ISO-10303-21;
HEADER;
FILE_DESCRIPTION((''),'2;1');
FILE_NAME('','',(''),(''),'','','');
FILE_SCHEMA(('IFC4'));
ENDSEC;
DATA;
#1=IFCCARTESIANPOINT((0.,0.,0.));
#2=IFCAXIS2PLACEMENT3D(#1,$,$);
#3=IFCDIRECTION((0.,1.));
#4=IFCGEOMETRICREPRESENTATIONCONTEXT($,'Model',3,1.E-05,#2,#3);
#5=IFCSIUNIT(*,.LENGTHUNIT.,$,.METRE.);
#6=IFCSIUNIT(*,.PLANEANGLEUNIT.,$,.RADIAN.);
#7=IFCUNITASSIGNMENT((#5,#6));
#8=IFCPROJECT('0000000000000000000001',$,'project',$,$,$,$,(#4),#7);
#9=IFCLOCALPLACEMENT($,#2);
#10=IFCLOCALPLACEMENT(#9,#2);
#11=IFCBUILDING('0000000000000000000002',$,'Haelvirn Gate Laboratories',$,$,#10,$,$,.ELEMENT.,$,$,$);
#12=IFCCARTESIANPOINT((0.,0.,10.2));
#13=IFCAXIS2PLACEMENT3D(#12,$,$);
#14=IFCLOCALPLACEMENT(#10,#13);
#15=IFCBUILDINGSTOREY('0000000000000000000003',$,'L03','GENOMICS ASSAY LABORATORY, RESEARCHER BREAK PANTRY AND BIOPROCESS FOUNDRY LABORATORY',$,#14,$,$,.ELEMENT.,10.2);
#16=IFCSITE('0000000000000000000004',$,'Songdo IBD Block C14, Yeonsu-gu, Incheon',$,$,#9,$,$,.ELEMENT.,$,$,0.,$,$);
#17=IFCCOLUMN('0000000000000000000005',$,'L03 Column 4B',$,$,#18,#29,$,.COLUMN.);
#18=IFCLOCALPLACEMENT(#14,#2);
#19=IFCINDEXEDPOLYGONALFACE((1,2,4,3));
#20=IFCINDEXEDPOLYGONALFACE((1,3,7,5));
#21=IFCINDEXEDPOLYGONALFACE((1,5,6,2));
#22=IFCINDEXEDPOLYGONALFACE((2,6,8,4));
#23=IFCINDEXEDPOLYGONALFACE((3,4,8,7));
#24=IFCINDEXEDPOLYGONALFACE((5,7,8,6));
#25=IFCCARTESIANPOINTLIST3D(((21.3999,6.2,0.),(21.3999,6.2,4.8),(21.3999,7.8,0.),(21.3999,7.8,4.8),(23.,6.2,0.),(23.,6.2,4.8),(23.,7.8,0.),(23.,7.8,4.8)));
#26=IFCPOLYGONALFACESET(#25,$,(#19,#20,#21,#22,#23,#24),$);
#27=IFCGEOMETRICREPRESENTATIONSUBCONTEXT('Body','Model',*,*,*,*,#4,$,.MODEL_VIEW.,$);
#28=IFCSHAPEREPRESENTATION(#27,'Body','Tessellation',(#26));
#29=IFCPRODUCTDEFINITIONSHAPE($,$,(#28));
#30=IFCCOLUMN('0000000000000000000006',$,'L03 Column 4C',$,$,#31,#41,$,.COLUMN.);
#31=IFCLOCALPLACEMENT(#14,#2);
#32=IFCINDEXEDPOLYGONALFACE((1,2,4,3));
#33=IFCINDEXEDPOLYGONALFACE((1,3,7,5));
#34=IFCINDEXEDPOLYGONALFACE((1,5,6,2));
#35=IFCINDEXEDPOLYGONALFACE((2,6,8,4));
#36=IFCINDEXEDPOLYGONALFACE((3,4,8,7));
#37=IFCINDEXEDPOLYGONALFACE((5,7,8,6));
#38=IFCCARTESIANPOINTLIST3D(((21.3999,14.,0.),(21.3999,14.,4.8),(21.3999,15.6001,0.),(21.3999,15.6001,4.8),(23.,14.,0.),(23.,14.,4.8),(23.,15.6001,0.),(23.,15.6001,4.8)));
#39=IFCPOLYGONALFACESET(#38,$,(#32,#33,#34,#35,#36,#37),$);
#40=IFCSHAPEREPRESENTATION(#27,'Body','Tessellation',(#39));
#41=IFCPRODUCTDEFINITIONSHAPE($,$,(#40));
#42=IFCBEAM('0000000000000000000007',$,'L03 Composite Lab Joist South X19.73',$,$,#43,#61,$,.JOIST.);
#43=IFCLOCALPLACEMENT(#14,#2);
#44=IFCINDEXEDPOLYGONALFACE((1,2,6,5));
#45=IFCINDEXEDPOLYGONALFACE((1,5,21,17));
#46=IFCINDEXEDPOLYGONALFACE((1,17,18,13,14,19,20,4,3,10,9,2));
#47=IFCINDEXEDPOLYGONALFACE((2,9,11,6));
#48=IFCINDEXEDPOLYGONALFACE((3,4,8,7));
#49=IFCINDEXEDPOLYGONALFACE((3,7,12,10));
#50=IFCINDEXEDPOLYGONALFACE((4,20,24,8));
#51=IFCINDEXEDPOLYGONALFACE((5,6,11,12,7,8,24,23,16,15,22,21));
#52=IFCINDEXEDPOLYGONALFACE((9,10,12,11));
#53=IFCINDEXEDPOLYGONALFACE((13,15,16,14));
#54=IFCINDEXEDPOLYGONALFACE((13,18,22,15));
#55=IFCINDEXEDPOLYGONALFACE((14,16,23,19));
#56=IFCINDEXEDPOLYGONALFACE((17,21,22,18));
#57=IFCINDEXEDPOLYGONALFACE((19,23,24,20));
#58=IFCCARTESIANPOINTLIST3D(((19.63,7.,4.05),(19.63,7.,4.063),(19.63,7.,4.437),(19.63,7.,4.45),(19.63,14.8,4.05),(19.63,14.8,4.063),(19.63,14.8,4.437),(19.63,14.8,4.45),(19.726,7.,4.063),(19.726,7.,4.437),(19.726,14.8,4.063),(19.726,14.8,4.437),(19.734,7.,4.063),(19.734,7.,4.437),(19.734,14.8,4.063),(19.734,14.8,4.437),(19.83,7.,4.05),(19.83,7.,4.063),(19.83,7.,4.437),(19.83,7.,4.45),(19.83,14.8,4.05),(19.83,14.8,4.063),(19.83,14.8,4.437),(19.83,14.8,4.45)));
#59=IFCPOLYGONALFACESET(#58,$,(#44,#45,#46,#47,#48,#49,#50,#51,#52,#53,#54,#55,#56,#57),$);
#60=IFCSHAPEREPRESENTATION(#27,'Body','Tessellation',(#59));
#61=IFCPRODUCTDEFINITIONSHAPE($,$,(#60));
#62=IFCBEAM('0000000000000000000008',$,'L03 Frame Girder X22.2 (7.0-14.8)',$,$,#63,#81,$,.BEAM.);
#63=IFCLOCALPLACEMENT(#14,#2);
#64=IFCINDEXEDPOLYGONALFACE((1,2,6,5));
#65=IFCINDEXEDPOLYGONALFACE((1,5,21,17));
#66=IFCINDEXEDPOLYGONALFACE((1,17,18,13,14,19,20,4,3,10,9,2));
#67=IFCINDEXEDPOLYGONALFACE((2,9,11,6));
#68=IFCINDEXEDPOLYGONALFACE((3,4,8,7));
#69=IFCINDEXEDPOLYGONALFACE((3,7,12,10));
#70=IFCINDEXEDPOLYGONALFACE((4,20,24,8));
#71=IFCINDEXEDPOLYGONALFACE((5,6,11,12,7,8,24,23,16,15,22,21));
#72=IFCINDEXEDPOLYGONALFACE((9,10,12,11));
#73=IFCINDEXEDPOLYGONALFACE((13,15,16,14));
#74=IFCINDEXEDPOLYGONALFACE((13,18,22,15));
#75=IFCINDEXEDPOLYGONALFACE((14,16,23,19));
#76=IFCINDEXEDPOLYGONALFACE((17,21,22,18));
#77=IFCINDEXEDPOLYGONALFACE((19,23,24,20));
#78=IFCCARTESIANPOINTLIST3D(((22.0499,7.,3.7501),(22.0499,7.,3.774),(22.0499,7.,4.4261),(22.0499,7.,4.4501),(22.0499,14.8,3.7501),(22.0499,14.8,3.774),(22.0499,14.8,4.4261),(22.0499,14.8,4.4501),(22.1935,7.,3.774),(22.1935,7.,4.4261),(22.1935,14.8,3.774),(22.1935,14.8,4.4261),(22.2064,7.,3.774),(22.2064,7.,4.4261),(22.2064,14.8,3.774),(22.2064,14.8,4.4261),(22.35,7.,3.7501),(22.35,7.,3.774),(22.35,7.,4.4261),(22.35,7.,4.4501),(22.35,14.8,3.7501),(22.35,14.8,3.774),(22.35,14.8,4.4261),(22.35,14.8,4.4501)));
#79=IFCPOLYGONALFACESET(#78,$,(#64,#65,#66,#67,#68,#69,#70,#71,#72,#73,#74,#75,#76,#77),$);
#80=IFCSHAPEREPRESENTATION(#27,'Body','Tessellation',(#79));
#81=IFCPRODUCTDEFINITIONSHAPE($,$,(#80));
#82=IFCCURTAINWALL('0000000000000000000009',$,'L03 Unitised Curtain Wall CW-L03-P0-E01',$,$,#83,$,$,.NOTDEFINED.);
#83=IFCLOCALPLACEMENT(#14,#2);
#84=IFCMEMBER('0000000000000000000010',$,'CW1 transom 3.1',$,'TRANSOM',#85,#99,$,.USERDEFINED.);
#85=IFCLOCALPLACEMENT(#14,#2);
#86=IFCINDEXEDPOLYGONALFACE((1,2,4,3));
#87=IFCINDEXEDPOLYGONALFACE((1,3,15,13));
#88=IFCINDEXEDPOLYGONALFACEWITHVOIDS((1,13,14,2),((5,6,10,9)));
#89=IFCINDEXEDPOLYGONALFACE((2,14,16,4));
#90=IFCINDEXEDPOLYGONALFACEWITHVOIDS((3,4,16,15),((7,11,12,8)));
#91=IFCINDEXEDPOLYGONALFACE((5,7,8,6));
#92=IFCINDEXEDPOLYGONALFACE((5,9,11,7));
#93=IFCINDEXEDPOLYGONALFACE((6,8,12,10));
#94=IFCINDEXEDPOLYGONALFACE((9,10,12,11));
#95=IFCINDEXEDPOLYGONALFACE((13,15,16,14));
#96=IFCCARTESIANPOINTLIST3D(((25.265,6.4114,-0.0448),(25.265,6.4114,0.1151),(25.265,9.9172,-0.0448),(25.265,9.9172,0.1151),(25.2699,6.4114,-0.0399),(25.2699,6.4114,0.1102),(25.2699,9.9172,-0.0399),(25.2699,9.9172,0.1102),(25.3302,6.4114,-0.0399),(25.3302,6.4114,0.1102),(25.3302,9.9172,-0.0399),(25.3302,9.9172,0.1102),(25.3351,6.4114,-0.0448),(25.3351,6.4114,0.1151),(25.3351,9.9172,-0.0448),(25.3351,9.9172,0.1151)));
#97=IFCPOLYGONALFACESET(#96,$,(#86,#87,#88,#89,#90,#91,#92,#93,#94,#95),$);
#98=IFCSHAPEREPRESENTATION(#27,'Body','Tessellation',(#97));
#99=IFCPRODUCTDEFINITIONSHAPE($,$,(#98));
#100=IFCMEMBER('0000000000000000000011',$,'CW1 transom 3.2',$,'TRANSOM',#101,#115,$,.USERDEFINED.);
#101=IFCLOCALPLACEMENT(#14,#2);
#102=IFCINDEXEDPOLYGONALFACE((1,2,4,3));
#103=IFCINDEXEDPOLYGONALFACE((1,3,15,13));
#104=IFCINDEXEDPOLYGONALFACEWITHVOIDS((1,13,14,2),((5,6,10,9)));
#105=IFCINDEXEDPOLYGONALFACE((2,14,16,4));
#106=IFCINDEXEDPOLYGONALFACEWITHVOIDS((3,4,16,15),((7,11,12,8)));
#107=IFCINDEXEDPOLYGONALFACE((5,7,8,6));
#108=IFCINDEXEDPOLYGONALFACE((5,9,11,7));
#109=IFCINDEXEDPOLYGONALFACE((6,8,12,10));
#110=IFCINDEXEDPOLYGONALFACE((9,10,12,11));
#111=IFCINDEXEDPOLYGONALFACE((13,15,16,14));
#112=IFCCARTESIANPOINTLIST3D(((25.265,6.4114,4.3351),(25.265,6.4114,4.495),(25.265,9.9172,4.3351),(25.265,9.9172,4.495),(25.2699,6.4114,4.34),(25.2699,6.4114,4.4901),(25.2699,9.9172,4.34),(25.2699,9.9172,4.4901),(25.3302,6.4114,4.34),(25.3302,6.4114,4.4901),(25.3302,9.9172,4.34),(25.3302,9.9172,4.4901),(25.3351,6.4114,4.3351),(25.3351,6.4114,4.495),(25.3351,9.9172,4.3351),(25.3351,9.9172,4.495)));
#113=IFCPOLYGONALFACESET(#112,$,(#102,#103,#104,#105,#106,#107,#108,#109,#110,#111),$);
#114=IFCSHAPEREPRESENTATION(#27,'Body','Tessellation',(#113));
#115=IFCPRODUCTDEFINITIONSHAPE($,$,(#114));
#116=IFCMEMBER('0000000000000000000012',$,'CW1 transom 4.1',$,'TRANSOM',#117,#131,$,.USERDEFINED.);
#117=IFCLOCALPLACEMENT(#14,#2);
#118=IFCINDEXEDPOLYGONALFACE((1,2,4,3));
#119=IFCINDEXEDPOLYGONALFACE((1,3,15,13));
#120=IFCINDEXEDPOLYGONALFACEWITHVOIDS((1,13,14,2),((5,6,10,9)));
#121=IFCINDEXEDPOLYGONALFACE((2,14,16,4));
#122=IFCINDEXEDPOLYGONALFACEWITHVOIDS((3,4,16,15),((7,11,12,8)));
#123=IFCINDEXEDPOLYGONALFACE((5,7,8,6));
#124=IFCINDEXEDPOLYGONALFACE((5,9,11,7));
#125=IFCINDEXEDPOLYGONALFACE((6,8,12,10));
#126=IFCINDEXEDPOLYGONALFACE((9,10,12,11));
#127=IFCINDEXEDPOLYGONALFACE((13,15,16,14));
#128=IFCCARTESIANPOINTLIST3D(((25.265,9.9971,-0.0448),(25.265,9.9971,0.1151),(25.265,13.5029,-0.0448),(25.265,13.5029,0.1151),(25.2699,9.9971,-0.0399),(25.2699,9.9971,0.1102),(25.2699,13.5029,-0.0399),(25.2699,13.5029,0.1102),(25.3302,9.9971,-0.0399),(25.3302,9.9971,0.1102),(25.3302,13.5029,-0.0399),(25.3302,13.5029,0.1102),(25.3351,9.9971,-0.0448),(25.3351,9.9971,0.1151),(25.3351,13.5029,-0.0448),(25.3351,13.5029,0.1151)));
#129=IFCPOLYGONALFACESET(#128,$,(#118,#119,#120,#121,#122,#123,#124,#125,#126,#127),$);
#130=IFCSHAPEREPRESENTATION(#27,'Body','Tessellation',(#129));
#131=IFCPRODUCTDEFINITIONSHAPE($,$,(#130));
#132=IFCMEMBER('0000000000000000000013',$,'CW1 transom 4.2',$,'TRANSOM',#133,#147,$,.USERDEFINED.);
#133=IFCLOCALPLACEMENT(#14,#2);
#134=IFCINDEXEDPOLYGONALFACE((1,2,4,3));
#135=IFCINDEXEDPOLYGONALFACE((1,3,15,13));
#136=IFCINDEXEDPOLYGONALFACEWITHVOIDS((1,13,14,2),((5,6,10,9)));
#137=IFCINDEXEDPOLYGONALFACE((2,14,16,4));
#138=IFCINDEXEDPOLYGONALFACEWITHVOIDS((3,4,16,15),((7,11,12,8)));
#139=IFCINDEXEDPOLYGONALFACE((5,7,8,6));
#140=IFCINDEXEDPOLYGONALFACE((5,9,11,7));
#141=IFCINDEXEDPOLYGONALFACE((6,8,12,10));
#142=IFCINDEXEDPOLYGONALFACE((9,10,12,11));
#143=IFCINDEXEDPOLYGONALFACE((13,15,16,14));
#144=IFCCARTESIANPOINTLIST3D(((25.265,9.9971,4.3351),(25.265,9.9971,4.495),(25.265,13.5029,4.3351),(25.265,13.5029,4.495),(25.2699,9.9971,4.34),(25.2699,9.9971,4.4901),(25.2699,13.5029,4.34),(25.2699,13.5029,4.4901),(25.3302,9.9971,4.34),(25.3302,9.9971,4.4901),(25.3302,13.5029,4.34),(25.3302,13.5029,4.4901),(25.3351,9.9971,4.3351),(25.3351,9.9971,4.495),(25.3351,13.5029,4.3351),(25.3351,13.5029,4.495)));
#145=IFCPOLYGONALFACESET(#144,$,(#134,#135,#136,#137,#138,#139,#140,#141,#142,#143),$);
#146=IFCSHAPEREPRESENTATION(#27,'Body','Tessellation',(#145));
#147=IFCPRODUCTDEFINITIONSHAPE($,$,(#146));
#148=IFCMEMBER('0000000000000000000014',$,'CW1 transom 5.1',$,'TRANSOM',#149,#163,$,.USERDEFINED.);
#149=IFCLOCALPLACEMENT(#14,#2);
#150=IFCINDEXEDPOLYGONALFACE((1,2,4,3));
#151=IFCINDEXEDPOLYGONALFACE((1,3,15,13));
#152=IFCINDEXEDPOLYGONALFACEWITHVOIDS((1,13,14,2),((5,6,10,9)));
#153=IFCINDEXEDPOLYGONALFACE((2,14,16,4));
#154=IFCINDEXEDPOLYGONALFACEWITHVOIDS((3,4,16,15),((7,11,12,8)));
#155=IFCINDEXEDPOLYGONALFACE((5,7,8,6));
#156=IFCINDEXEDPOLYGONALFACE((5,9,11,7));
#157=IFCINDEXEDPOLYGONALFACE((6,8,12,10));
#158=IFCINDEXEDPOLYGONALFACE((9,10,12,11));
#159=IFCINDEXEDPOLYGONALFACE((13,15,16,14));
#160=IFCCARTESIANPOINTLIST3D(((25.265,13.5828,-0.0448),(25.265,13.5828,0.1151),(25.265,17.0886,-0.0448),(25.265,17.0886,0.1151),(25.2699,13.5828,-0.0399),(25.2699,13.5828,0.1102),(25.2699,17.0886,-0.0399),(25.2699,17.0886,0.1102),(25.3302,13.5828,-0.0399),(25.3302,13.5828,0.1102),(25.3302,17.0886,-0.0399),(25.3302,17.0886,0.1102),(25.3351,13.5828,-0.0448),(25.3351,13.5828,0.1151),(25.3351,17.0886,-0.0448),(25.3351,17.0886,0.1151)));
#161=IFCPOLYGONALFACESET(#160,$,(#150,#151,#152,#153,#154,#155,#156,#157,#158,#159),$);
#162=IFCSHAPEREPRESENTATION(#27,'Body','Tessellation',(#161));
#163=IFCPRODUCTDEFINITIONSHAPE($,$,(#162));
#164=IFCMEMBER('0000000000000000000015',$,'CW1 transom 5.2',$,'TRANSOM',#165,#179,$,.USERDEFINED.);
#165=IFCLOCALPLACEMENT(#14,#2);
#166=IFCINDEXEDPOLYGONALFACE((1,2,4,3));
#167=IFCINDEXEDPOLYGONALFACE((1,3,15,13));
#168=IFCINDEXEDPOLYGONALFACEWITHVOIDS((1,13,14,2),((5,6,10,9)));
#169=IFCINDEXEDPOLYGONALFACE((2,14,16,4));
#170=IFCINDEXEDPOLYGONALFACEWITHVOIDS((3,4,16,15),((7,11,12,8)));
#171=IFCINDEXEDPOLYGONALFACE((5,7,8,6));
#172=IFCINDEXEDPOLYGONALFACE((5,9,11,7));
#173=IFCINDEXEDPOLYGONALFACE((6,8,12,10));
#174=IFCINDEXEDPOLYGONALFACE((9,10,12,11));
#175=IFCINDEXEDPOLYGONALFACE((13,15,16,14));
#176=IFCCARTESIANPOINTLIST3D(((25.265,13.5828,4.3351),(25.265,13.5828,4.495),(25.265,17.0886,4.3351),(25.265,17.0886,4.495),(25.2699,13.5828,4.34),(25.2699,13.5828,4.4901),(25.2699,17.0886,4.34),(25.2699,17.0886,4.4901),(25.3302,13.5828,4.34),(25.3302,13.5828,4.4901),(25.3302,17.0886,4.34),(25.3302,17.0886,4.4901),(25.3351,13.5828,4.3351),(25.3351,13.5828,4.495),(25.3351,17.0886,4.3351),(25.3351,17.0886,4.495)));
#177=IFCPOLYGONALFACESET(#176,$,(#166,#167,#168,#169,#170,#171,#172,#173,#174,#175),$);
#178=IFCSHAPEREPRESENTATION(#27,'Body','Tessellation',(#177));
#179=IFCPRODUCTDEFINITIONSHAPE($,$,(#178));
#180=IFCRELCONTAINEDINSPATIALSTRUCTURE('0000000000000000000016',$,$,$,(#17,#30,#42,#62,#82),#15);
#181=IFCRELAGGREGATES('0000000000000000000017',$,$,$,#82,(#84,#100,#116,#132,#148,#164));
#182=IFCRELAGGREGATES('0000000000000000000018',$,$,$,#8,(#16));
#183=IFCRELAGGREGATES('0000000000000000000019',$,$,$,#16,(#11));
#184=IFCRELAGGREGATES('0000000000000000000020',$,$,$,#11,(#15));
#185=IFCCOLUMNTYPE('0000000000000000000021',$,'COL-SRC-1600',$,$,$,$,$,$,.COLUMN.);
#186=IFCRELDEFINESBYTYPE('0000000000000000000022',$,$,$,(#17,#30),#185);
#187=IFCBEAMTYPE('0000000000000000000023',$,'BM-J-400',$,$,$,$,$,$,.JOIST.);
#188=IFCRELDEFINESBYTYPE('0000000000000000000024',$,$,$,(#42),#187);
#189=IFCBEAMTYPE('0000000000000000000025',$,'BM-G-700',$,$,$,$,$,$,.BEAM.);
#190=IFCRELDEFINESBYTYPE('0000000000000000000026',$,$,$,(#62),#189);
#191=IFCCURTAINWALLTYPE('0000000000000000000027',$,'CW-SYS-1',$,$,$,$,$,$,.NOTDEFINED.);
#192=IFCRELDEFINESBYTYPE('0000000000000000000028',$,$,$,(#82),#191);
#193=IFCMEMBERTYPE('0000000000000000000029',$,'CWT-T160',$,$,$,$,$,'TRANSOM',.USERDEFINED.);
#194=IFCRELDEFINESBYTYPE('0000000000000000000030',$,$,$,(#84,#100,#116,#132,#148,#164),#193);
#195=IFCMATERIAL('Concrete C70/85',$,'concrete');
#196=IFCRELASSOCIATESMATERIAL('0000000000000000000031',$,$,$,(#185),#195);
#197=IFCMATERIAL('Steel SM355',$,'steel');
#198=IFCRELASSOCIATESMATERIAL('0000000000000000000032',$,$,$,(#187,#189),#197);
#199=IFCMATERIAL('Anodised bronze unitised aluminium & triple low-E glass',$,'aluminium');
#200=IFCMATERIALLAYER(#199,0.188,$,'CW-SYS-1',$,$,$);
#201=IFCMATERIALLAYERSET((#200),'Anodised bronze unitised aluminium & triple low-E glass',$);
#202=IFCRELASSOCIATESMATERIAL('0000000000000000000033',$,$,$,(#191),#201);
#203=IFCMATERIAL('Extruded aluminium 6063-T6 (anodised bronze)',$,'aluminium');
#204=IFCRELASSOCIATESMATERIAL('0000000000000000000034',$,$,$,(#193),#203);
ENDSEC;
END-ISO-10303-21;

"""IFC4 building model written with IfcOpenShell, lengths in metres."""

from ifc_helpers import new_model, si_unit, direction, frame, origin, origin_2d, place, context, subcontext, project, spatial, rectangle, hollow_rectangle, i_section, extrude, source, transform, mapped, material, layer, layer_set, material_profile, profile_set, type_object, type_shapes, element, aggregate, save


model = new_model("IFC4")

# Units and contexts
model_context = context("Model", 3, precision=1e-05, world=origin(), true_north=direction((0.0, 1.0)))
body_context = subcontext(model_context, "Body", "Model", "MODEL_VIEW")
ifc_project = project(units=[si_unit("LENGTHUNIT", "METRE"), si_unit("PLANEANGLEUNIT", "RADIAN")], contexts=[model_context])

# Site, building, storey
site_placement = place(None, origin())
site = spatial("IfcSite", under=ifc_project, at=site_placement, Name="Songdo IBD Block C14, Yeonsu-gu, Incheon", CompositionType="ELEMENT", RefElevation=0.0)
building_placement = place(site_placement, origin())
building = spatial("IfcBuilding", under=site, at=building_placement, Name="Haelvirn Gate Laboratories", CompositionType="ELEMENT")
storey_placement = place(building_placement, frame((0.0, 0.0, 10.2)))
storey = spatial("IfcBuildingStorey", under=building, at=storey_placement, Name="L03", Description="GENOMICS ASSAY LABORATORY, RESEARCHER BREAK PANTRY AND BIOPROCESS FOUNDRY LABORATORY", CompositionType="ELEMENT", Elevation=10.2)

# Columns
ifc_material_1 = material(Name="Concrete C70/85", Category="concrete")
ifc_material_profile_1 = material_profile(ifc_material_1, rectangle(XDim=1.6001, YDim=1.6001, at=origin_2d()), Name="SRC-1600x1600")
ifc_profile_set_1 = profile_set([ifc_material_profile_1], Name="Concrete C70/85")
column_type = type_object("IfcColumnType", Name="COL-SRC-1600", PredefinedType="COLUMN", material=ifc_profile_set_1)
shared_shape_1 = source(origin(), body_context, "Body", "SweptSolid", [
    extrude(rectangle(XDim=1.6001, YDim=1.6001, at=origin_2d()), origin(), (0.0, 0.0, 1.0), 4.8),
])
type_shapes(column_type, [shared_shape_1])
for number, where, z_axis, x_axis, name in (
    (1, (22.2, 7.0, 0.0), (0.0, 0.0, 1.0), (1.0, 0.0, 0.0), "L03 Column 4B"),
    (2, (22.2, 14.8, 0.0), (0.0, 0.0, 1.0), (1.0, 0.0, 0.0), "L03 Column 4C"),
):
    element("IfcColumn", number, at=place(storey_placement, frame(where, z_axis=z_axis, x_axis=x_axis)), inside=storey, type_object=column_type, Name=name, PredefinedType="COLUMN", context=body_context, shape_type="MappedRepresentation", body=[
        mapped(shared_shape_1, transform((0.0, 0.0, 0.0), scale=1.0)),
    ])

# Beams
ifc_material_2 = material(Name="Steel SM355", Category="steel")
ifc_material_profile_2 = material_profile(ifc_material_2, i_section(OverallWidth=0.2, OverallDepth=0.3999, WebThickness=0.0081, FlangeThickness=0.0129, at=origin_2d()), Name="H-400x200x8x13")
ifc_profile_set_2 = profile_set([ifc_material_profile_2], Name="Steel SM355")
beam_type_1 = type_object("IfcBeamType", Name="BM-J-400", PredefinedType="JOIST", material=ifc_profile_set_2)
shared_shape_2 = source(origin(), body_context, "Body", "SweptSolid", [
    extrude(i_section(OverallWidth=0.2, OverallDepth=0.3999, WebThickness=0.0081, FlangeThickness=0.0129, at=origin_2d()), origin(), (0.0, 0.0, 1.0), 7.8),
])
type_shapes(beam_type_1, [shared_shape_2])
beam_1_placement = place(storey_placement, frame((19.73, 7.0, 4.25), z_axis=(0.0, 1.0, 0.0), x_axis=(-1.0, 0.0, 0.0)))
element("IfcBeam", 3, at=beam_1_placement, inside=storey, type_object=beam_type_1, Name="L03 Composite Lab Joist South X19.73", PredefinedType="JOIST", context=body_context, shape_type="MappedRepresentation", body=[
    mapped(shared_shape_2, transform((0.0, 0.0, 0.0), scale=1.0)),
])
ifc_material_profile_3 = material_profile(ifc_material_2, i_section(OverallWidth=0.3, OverallDepth=0.7, WebThickness=0.0129, FlangeThickness=0.0239, at=origin_2d()), Name="H-700x300x13x24")
ifc_profile_set_3 = profile_set([ifc_material_profile_3], Name="Steel SM355")
beam_type_2 = type_object("IfcBeamType", Name="BM-G-700", PredefinedType="BEAM", material=ifc_profile_set_3)
shared_shape_3 = source(origin(), body_context, "Body", "SweptSolid", [
    extrude(i_section(OverallWidth=0.3, OverallDepth=0.7, WebThickness=0.0129, FlangeThickness=0.0239, at=origin_2d()), origin(), (0.0, 0.0, 1.0), 7.8),
])
type_shapes(beam_type_2, [shared_shape_3])
beam_2_placement = place(storey_placement, frame((22.2, 7.0, 4.1001), z_axis=(0.0, 1.0, 0.0), x_axis=(-1.0, 0.0, 0.0)))
element("IfcBeam", 4, at=beam_2_placement, inside=storey, type_object=beam_type_2, Name="L03 Frame Girder X22.2 (7.0-14.8)", PredefinedType="BEAM", context=body_context, shape_type="MappedRepresentation", body=[
    mapped(shared_shape_3, transform((0.0, 0.0, 0.0), scale=1.0)),
])

# Curtain wall, members
ifc_material_3 = material(Name="Anodised bronze unitised aluminium & triple low-E glass", Category="aluminium")
ifc_layer_1 = layer(ifc_material_3, 0.188, Name="CW-SYS-1")
ifc_layer_set_1 = layer_set([ifc_layer_1], Name="Anodised bronze unitised aluminium & triple low-E glass")
curtain_wall_type = type_object("IfcCurtainWallType", Name="CW-SYS-1", PredefinedType="NOTDEFINED", material=ifc_layer_set_1)
curtain_wall_placement = place(storey_placement, origin())
curtain_wall = element("IfcCurtainWall", 5, at=curtain_wall_placement, inside=storey, type_object=curtain_wall_type, Name="L03 Unitised Curtain Wall CW-L03-P0-E01", PredefinedType="NOTDEFINED")
ifc_material_4 = material(Name="Extruded aluminium 6063-T6 (anodised bronze)", Category="aluminium")
ifc_material_profile_4 = material_profile(ifc_material_4, hollow_rectangle(XDim=0.0701, YDim=0.1599, WallThickness=0.0049, at=origin_2d()), Name="CWT-160x70x5")
ifc_profile_set_4 = profile_set([ifc_material_profile_4], Name="Extruded aluminium 6063-T6 (anodised bronze)")
member_type_1 = type_object("IfcMemberType", Name="CWT-T160", ElementType="TRANSOM", PredefinedType="USERDEFINED", material=ifc_profile_set_4)
shared_shape_4 = source(origin(), body_context, "Body", "SweptSolid", [
    extrude(hollow_rectangle(XDim=0.0701, YDim=0.1599, WallThickness=0.0049, at=origin_2d()), origin(), (0.0, 0.0, 1.0), 3.5059),
])
type_shapes(member_type_1, [shared_shape_4])
member_1_placement = place(storey_placement, frame((25.3, 6.4114, 0.0352), z_axis=(0.0, 1.0, 0.0), x_axis=(-1.0, 0.0, 0.0)))
member_1 = element("IfcMember", 6, at=member_1_placement, type_object=member_type_1, Name="CW1 transom 3.1", ObjectType="TRANSOM", PredefinedType="USERDEFINED", context=body_context, shape_type="MappedRepresentation", body=[
    mapped(shared_shape_4, transform((0.0, 0.0, 0.0), scale=1.0)),
])
member_2_placement = place(storey_placement, frame((25.3, 6.4114, 4.415), z_axis=(0.0, 1.0, 0.0), x_axis=(-1.0, 0.0, 0.0)))
member_2 = element("IfcMember", 7, at=member_2_placement, type_object=member_type_1, Name="CW1 transom 3.2", ObjectType="TRANSOM", PredefinedType="USERDEFINED", context=body_context, shape_type="MappedRepresentation", body=[
    mapped(shared_shape_4, transform((0.0, 0.0, 0.0), scale=1.0)),
])
member_3_placement = place(storey_placement, frame((25.3, 9.9971, 0.0352), z_axis=(0.0, 1.0, 0.0), x_axis=(-1.0, 0.0, 0.0)))
member_3 = element("IfcMember", 8, at=member_3_placement, type_object=member_type_1, Name="CW1 transom 4.1", ObjectType="TRANSOM", PredefinedType="USERDEFINED", context=body_context, shape_type="MappedRepresentation", body=[
    mapped(shared_shape_4, transform((0.0, 0.0, 0.0), scale=1.0)),
])
member_4_placement = place(storey_placement, frame((25.3, 9.9971, 4.415), z_axis=(0.0, 1.0, 0.0), x_axis=(-1.0, 0.0, 0.0)))
member_4 = element("IfcMember", 9, at=member_4_placement, type_object=member_type_1, Name="CW1 transom 4.2", ObjectType="TRANSOM", PredefinedType="USERDEFINED", context=body_context, shape_type="MappedRepresentation", body=[
    mapped(shared_shape_4, transform((0.0, 0.0, 0.0), scale=1.0)),
])
member_5_placement = place(storey_placement, frame((25.3, 13.5828, 0.0352), z_axis=(0.0, 1.0, 0.0), x_axis=(-1.0, 0.0, 0.0)))
member_5 = element("IfcMember", 10, at=member_5_placement, type_object=member_type_1, Name="CW1 transom 5.1", ObjectType="TRANSOM", PredefinedType="USERDEFINED", context=body_context, shape_type="MappedRepresentation", body=[
    mapped(shared_shape_4, transform((0.0, 0.0, 0.0), scale=1.0)),
])
member_6_placement = place(storey_placement, frame((25.3, 13.5828, 4.415), z_axis=(0.0, 1.0, 0.0), x_axis=(-1.0, 0.0, 0.0)))
member_6 = element("IfcMember", 11, at=member_6_placement, type_object=member_type_1, Name="CW1 transom 5.2", ObjectType="TRANSOM", PredefinedType="USERDEFINED", context=body_context, shape_type="MappedRepresentation", body=[
    mapped(shared_shape_4, transform((0.0, 0.0, 0.0), scale=1.0)),
])
aggregate(curtain_wall, [member_1, member_2, member_3, member_4, member_5, member_6])

save(model, "model.ifc")
